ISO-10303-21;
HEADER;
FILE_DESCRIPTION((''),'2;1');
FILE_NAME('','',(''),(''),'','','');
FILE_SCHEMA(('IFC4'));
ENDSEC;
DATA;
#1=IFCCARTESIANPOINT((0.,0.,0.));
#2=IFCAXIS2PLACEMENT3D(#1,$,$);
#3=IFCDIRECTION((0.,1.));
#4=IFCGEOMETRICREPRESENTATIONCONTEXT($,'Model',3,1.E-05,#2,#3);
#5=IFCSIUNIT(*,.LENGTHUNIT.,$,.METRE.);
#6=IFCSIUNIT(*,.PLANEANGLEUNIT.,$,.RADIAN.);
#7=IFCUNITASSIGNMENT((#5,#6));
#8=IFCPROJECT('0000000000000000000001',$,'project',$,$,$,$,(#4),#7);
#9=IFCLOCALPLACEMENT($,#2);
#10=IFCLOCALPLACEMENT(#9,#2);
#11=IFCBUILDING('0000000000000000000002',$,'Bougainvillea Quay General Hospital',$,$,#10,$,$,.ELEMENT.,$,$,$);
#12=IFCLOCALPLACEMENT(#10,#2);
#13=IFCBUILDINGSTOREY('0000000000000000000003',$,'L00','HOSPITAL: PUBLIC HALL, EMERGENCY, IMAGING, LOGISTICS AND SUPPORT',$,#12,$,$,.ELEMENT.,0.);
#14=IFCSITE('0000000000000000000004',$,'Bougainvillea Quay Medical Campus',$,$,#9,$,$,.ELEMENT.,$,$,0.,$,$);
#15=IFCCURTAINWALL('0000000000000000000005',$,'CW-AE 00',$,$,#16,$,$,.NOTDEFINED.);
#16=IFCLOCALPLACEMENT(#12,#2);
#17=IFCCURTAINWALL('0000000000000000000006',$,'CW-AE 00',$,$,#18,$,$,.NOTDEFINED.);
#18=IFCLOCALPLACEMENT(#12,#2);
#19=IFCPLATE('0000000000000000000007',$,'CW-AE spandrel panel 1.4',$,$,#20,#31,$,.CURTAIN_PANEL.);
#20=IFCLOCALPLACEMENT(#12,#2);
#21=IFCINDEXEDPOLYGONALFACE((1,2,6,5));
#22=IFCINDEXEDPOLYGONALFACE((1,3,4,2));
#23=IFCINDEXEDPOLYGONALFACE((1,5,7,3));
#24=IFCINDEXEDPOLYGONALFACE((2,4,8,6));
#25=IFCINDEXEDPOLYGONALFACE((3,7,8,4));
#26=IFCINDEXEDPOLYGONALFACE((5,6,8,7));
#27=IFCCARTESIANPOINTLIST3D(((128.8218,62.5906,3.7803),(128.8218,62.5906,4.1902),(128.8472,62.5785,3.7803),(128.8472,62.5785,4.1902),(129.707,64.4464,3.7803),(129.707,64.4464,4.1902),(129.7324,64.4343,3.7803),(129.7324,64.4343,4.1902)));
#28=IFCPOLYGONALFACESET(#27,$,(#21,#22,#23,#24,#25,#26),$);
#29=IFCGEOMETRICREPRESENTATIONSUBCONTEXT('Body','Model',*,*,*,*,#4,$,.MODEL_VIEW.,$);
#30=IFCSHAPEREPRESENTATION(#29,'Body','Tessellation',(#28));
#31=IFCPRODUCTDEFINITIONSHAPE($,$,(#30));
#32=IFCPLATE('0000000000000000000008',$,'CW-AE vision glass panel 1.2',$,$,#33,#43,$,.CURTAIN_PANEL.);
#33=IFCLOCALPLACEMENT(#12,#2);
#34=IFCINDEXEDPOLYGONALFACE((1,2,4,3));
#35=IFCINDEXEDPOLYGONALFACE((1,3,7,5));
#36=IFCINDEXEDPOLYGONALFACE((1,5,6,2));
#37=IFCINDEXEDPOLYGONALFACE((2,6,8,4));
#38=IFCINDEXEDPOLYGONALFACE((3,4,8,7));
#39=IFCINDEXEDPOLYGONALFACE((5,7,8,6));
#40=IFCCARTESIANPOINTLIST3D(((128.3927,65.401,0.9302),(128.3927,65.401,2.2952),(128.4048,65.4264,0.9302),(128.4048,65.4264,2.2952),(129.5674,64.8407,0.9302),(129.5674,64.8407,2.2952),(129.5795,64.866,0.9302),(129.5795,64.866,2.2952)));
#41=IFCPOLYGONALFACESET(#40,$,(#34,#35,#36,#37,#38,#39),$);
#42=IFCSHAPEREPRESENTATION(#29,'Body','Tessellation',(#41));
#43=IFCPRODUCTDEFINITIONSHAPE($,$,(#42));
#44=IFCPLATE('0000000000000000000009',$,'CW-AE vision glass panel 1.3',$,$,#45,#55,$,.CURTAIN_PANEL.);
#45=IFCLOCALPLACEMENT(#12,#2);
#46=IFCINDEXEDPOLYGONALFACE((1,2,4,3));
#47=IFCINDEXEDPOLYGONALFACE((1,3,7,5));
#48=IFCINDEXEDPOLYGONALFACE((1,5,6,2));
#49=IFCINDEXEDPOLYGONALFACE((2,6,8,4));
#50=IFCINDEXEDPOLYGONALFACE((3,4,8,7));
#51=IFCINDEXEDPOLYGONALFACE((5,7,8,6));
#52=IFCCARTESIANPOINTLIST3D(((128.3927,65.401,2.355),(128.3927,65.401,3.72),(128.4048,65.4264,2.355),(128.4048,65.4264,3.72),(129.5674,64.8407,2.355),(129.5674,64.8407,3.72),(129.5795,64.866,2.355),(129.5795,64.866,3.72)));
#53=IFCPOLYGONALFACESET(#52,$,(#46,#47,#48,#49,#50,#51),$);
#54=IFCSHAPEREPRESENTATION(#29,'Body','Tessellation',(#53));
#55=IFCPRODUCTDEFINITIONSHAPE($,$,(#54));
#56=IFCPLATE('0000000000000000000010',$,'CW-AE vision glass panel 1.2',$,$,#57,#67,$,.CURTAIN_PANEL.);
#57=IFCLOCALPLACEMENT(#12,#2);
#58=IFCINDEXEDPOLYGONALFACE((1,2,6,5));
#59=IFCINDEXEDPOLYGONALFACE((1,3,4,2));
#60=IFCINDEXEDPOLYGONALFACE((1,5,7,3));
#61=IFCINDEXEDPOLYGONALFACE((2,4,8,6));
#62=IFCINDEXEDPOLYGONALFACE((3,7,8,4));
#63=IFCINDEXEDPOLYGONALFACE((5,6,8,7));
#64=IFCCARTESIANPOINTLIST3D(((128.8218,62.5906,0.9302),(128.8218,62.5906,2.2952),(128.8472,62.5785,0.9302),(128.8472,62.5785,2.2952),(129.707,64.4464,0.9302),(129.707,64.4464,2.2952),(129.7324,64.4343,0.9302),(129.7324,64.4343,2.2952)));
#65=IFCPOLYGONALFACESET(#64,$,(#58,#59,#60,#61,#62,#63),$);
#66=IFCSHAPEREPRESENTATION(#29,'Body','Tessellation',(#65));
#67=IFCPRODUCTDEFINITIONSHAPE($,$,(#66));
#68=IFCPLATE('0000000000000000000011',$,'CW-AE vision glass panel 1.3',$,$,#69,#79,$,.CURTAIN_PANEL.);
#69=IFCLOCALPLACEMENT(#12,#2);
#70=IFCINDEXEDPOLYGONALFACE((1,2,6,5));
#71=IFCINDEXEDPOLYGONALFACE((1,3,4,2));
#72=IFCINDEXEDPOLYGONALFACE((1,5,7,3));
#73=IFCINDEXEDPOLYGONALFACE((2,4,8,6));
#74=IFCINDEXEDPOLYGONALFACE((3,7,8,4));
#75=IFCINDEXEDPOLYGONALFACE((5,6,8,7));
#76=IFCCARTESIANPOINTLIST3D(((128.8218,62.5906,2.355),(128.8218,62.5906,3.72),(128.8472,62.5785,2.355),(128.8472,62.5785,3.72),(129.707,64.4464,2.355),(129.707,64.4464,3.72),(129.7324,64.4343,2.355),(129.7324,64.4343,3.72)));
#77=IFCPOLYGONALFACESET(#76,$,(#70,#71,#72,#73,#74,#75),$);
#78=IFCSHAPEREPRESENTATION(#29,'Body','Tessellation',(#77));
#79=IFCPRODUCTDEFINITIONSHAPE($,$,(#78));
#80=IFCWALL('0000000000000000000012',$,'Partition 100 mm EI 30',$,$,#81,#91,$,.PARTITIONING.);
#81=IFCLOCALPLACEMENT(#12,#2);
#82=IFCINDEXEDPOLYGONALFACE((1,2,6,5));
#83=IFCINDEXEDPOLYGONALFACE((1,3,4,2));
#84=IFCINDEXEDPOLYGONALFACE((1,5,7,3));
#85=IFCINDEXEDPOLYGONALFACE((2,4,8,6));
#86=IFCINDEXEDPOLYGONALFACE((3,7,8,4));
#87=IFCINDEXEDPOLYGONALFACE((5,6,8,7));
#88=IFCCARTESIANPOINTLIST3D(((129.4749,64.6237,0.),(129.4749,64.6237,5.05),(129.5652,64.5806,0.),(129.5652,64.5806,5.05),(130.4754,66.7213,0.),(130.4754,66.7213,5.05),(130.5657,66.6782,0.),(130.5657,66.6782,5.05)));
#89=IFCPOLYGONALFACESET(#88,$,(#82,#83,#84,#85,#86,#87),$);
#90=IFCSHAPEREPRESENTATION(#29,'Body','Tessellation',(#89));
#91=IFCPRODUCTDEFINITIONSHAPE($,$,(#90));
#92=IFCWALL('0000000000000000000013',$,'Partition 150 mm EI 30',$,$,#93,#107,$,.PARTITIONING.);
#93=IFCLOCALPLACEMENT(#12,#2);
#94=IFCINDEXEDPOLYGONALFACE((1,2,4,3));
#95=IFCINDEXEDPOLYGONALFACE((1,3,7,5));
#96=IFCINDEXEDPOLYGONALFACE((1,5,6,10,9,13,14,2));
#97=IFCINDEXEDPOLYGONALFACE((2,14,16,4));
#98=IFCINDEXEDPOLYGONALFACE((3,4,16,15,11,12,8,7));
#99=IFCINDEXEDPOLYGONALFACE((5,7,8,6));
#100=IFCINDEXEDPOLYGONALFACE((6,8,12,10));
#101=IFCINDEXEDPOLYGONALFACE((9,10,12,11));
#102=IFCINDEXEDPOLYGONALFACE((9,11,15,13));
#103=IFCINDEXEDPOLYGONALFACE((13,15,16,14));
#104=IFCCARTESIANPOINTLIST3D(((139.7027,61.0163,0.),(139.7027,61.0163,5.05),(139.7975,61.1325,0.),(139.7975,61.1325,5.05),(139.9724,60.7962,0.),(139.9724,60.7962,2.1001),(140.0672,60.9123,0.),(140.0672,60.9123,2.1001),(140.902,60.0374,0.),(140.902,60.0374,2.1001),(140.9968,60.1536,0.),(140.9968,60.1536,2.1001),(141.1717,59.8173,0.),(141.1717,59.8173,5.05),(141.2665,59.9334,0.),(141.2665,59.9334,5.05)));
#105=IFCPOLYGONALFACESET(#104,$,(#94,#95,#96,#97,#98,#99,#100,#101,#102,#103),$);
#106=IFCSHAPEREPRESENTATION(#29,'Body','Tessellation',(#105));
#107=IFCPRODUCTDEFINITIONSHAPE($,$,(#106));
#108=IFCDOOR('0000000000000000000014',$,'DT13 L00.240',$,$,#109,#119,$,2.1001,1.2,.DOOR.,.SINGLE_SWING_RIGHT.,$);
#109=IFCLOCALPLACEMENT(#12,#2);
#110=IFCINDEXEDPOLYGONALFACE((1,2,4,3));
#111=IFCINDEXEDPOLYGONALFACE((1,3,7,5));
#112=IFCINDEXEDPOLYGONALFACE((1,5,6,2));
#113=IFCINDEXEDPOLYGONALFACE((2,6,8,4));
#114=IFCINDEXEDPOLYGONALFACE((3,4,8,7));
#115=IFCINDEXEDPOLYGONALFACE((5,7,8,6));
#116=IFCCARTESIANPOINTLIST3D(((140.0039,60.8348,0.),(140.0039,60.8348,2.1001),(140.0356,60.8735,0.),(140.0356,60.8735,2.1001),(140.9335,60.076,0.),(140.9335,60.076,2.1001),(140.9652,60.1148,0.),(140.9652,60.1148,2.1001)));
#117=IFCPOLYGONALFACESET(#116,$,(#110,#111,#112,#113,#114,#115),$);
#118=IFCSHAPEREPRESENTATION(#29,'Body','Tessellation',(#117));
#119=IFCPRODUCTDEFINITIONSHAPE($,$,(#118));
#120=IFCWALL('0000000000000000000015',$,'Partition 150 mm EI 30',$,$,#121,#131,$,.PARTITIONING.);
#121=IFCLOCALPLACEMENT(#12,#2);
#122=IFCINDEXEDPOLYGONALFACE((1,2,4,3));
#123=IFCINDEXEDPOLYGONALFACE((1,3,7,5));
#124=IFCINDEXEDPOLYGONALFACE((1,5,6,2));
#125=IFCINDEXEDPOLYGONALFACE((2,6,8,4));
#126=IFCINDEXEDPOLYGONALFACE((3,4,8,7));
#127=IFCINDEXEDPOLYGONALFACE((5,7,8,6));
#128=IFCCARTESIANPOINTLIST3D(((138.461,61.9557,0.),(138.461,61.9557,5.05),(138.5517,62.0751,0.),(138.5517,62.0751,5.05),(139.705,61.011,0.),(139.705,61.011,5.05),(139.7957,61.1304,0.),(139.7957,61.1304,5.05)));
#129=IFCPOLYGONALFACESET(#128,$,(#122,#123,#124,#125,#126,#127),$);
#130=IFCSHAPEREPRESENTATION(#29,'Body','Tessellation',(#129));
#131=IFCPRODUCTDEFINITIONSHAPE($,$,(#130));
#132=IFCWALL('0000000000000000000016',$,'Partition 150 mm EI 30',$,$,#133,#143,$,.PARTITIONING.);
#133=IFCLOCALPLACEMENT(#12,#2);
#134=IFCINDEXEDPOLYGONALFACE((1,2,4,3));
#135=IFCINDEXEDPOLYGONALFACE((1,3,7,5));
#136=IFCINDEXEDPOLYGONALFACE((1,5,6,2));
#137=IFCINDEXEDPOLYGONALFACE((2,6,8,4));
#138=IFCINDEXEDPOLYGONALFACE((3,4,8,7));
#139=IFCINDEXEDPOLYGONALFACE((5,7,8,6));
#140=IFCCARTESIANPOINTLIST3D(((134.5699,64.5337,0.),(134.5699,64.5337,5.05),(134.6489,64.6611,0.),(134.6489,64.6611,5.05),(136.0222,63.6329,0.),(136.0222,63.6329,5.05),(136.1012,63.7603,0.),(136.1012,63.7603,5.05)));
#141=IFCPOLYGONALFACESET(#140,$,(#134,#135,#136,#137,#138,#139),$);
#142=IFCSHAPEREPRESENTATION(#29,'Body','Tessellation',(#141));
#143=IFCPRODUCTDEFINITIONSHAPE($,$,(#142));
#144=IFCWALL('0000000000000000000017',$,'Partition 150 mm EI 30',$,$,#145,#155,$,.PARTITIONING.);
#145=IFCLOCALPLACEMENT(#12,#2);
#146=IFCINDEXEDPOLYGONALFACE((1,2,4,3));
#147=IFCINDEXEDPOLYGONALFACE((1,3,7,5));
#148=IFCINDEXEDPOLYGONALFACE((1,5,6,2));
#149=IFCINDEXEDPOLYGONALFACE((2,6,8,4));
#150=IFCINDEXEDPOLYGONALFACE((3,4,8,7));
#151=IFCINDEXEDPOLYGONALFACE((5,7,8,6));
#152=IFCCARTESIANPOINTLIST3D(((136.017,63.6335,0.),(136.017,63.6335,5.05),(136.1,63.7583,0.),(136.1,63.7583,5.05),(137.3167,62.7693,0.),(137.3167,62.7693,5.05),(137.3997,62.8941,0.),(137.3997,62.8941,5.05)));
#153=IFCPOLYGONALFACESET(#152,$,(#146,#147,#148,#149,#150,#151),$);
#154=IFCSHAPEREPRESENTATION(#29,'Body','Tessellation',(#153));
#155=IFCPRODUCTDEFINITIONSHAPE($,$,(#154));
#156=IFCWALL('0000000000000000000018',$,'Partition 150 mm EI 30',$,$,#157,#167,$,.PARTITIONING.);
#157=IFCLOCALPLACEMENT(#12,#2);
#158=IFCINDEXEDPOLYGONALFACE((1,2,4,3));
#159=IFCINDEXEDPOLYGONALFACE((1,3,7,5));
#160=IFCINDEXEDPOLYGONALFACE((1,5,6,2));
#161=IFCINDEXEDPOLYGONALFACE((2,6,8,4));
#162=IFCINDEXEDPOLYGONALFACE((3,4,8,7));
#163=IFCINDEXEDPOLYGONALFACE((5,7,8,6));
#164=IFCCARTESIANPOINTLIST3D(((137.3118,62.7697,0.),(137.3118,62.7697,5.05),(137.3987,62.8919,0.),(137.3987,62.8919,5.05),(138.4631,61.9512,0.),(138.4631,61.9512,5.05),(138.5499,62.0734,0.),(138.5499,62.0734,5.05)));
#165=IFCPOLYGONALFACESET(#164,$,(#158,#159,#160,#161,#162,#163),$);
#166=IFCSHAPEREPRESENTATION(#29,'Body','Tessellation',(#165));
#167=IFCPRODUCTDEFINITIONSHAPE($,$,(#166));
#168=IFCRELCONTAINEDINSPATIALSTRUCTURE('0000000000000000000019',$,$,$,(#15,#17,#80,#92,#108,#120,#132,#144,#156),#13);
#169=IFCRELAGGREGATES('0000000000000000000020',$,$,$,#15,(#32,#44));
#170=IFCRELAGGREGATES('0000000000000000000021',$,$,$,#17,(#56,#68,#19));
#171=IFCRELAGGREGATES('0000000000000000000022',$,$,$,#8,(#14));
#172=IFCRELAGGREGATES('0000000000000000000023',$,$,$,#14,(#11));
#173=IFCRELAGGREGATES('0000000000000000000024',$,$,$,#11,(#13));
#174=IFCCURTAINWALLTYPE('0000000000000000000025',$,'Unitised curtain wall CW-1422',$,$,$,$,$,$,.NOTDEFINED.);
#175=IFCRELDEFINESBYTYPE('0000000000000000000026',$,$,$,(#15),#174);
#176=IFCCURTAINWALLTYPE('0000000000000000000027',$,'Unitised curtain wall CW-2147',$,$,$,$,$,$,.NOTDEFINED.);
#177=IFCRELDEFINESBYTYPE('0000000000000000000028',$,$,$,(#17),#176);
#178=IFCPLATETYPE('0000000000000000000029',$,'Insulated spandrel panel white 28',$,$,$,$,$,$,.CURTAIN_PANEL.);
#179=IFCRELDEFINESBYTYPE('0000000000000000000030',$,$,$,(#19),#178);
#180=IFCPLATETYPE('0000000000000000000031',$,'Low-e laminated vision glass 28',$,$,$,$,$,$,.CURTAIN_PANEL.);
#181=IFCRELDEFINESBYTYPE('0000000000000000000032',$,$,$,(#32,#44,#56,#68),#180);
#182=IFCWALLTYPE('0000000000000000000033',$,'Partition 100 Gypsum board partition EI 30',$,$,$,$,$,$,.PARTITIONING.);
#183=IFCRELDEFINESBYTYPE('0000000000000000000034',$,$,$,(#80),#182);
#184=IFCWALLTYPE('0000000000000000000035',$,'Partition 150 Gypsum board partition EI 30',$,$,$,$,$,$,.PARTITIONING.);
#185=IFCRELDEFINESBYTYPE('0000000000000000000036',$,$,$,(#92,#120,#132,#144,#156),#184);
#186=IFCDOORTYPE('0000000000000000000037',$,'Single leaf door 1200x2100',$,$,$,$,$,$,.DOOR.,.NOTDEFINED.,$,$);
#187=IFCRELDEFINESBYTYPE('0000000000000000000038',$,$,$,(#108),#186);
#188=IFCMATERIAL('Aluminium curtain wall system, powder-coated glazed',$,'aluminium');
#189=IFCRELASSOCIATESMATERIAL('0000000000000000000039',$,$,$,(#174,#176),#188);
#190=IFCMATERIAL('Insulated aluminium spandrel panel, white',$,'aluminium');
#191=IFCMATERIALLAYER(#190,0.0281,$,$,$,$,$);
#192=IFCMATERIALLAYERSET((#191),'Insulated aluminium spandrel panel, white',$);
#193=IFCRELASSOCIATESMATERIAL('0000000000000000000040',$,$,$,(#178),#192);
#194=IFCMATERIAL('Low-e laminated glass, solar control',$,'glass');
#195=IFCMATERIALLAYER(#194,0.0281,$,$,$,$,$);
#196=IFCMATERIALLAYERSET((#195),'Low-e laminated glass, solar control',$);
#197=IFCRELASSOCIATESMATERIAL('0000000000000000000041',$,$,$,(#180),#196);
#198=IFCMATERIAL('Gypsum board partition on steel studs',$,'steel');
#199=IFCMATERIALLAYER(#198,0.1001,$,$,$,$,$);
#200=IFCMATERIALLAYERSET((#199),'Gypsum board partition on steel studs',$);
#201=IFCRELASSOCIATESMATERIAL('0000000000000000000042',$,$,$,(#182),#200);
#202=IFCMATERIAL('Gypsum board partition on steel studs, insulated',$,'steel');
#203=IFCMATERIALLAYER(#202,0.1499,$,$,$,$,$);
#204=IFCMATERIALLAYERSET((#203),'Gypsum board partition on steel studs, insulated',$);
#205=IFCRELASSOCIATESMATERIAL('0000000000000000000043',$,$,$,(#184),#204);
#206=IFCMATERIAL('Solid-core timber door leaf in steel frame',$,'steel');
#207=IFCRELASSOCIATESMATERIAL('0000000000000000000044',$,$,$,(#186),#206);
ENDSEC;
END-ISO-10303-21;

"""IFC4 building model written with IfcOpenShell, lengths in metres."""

from ifc_helpers import new_model, si_unit, direction, frame, frame_2d, origin, origin_2d, place, context, subcontext, project, spatial, rectangle, extrude, material, layer, layer_set, type_object, element, fill, aggregate, save


model = new_model("IFC4")

# Units and contexts
model_context = context("Model", 3, precision=1e-05, world=origin(), true_north=direction((0.0, 1.0)))
body_context = subcontext(model_context, "Body", "Model", "MODEL_VIEW")
ifc_project = project(units=[si_unit("LENGTHUNIT", "METRE"), si_unit("PLANEANGLEUNIT", "RADIAN")], contexts=[model_context])

# Site, building, storey
site_placement = place(None, origin())
site = spatial("IfcSite", under=ifc_project, at=site_placement, Name="Bougainvillea Quay Medical Campus", CompositionType="ELEMENT", RefElevation=0.0)
building_placement = place(site_placement, origin())
building = spatial("IfcBuilding", under=site, at=building_placement, Name="Bougainvillea Quay General Hospital", CompositionType="ELEMENT")
storey_placement = place(building_placement, origin())
storey = spatial("IfcBuildingStorey", under=building, at=storey_placement, Name="L00", Description="HOSPITAL: PUBLIC HALL, EMERGENCY, IMAGING, LOGISTICS AND SUPPORT", CompositionType="ELEMENT", Elevation=0.0)

# Curtain wall
ifc_material_1 = material(Name="Aluminium curtain wall system, powder-coated glazed", Category="aluminium")
curtain_wall_type_1 = type_object("IfcCurtainWallType", Name="Unitised curtain wall CW-1422", PredefinedType="NOTDEFINED", material=ifc_material_1)
curtain_wall_1_placement = place(storey_placement, origin())
curtain_wall_1 = element("IfcCurtainWall", 1, at=curtain_wall_1_placement, inside=storey, type_object=curtain_wall_type_1, Name="CW-AE 00", PredefinedType="NOTDEFINED")

# Curtain wall
curtain_wall_type_2 = type_object("IfcCurtainWallType", Name="Unitised curtain wall CW-2147", PredefinedType="NOTDEFINED", material=ifc_material_1)
curtain_wall_2_placement = place(storey_placement, origin())
curtain_wall_2 = element("IfcCurtainWall", 2, at=curtain_wall_2_placement, inside=storey, type_object=curtain_wall_type_2, Name="CW-AE 00", PredefinedType="NOTDEFINED")

# Plates
ifc_material_2 = material(Name="Insulated aluminium spandrel panel, white", Category="aluminium")
ifc_layer_1 = layer(ifc_material_2, 0.0281)
ifc_layer_set_1 = layer_set([ifc_layer_1], Name="Insulated aluminium spandrel panel, white")
plate_type_1 = type_object("IfcPlateType", Name="Insulated spandrel panel white 28", PredefinedType="CURTAIN_PANEL", material=ifc_layer_set_1)
plate_1_placement = place(storey_placement, frame((129.2771, 63.5125, 3.7803), z_axis=(0.0, 0.0, 1.0), x_axis=(-0.43053, -0.902576, 0.0)))
plate_1 = element("IfcPlate", 3, at=plate_1_placement, type_object=plate_type_1, Name="CW-AE spandrel panel 1.4", PredefinedType="CURTAIN_PANEL", context=body_context, shape_type="SweptSolid", body=[
    extrude(rectangle(XDim=2.0562, YDim=0.0281, at=origin_2d()), origin(), (0.0, 0.0, 1.0), 0.4099),
])
ifc_material_3 = material(Name="Low-e laminated glass, solar control", Category="glass")
ifc_layer_2 = layer(ifc_material_3, 0.0281)
ifc_layer_set_2 = layer_set([ifc_layer_2], Name="Low-e laminated glass, solar control")
plate_type_2 = type_object("IfcPlateType", Name="Low-e laminated vision glass 28", PredefinedType="CURTAIN_PANEL", material=ifc_layer_set_2)
plate_2_placement = place(storey_placement, frame((128.9861, 65.1335, 0.9302), z_axis=(0.0, 0.0, 1.0), x_axis=(0.902574, -0.430534, 0.0)))
plate_2 = element("IfcPlate", 4, at=plate_2_placement, type_object=plate_type_2, Name="CW-AE vision glass panel 1.2", PredefinedType="CURTAIN_PANEL", context=body_context, shape_type="SweptSolid", body=[
    extrude(rectangle(XDim=1.3015, YDim=0.0281, at=origin_2d()), origin(), (0.0, 0.0, 1.0), 1.365),
])
plate_3_placement = place(storey_placement, frame((128.9861, 65.1335, 2.355), z_axis=(0.0, 0.0, 1.0), x_axis=(0.902574, -0.430534, 0.0)))
plate_3 = element("IfcPlate", 5, at=plate_3_placement, type_object=plate_type_2, Name="CW-AE vision glass panel 1.3", PredefinedType="CURTAIN_PANEL", context=body_context, shape_type="SweptSolid", body=[
    extrude(rectangle(XDim=1.3015, YDim=0.0281, at=origin_2d()), origin(), (0.0, 0.0, 1.0), 1.365),
])
aggregate(curtain_wall_1, [plate_2, plate_3])
plate_4_placement = place(storey_placement, frame((129.2771, 63.5125, 0.9302), z_axis=(0.0, 0.0, 1.0), x_axis=(-0.43053, -0.902576, 0.0)))
plate_4 = element("IfcPlate", 6, at=plate_4_placement, type_object=plate_type_2, Name="CW-AE vision glass panel 1.2", PredefinedType="CURTAIN_PANEL", context=body_context, shape_type="SweptSolid", body=[
    extrude(rectangle(XDim=2.0562, YDim=0.0281, at=origin_2d()), origin(), (0.0, 0.0, 1.0), 1.365),
])
plate_5_placement = place(storey_placement, frame((129.2771, 63.5125, 2.355), z_axis=(0.0, 0.0, 1.0), x_axis=(-0.43053, -0.902576, 0.0)))
plate_5 = element("IfcPlate", 7, at=plate_5_placement, type_object=plate_type_2, Name="CW-AE vision glass panel 1.3", PredefinedType="CURTAIN_PANEL", context=body_context, shape_type="SweptSolid", body=[
    extrude(rectangle(XDim=2.0562, YDim=0.0281, at=origin_2d()), origin(), (0.0, 0.0, 1.0), 1.365),
])
aggregate(curtain_wall_2, [plate_4, plate_5, plate_1])

# Wall
ifc_material_4 = material(Name="Gypsum board partition on steel studs", Category="steel")
ifc_layer_3 = layer(ifc_material_4, 0.1001)
ifc_layer_set_3 = layer_set([ifc_layer_3], Name="Gypsum board partition on steel studs")
wall_type_1 = type_object("IfcWallType", Name="Partition 100 Gypsum board partition EI 30", PredefinedType="PARTITIONING", material=ifc_layer_set_3)
wall_1_placement = place(storey_placement, frame((129.52, 64.6021, 0.0), z_axis=(0.0, 0.0, 1.0), x_axis=(0.430496, 0.902592, 0.0)))
element("IfcWall", 8, at=wall_1_placement, inside=storey, type_object=wall_type_1, Name="Partition 100 mm EI 30", PredefinedType="PARTITIONING", context=body_context, shape_type="SweptSolid", body=[
    extrude(rectangle(XDim=2.324, YDim=0.1001, at=frame_2d((1.1621, 0.0))), origin(), (0.0, 0.0, 1.0), 5.05),
])

# Wall, opening, door
ifc_material_5 = material(Name="Gypsum board partition on steel studs, insulated", Category="steel")
ifc_layer_4 = layer(ifc_material_5, 0.1499)
ifc_layer_set_4 = layer_set([ifc_layer_4], Name="Gypsum board partition on steel studs, insulated")
wall_type_2 = type_object("IfcWallType", Name="Partition 150 Gypsum board partition EI 30", PredefinedType="PARTITIONING", material=ifc_layer_set_4)
wall_2_placement = place(storey_placement, frame((139.75, 61.0745, 0.0), z_axis=(0.0, 0.0, 1.0), x_axis=(0.774714, -0.632312, 0.0)))
wall_2 = element("IfcWall", 9, at=wall_2_placement, inside=storey, type_object=wall_type_2, Name="Partition 150 mm EI 30", PredefinedType="PARTITIONING", context=body_context, shape_type="SweptSolid", body=[
    extrude(rectangle(XDim=1.8962, YDim=0.1499, at=frame_2d((0.9482, 0.0))), origin(), (0.0, 0.0, 1.0), 5.05),
])
opening_placement = place(wall_2_placement, frame((0.3481, 0.0, 0.0)))
opening = element("IfcOpeningElement", 10, at=opening_placement, cuts=wall_2, PredefinedType="OPENING", context=body_context, shape_type="SweptSolid", body=[
    extrude(rectangle(XDim=1.2, YDim=2.1001, at=frame_2d((0.6001, 1.05))), frame((0.0, 0.085, 0.0), z_axis=(0.0, -1.0, 0.0), x_axis=(1.0, 0.0, 0.0)), (0.0, 0.0, 1.0), 0.1699),
])
ifc_material_6 = material(Name="Solid-core timber door leaf in steel frame", Category="steel")
door_type = type_object("IfcDoorType", Name="Single leaf door 1200x2100", OperationType="NOTDEFINED", PredefinedType="DOOR", material=ifc_material_6)
door_placement = place(opening_placement, origin())
door = element("IfcDoor", 11, at=door_placement, inside=storey, type_object=door_type, Name="DT13 L00.240", OperationType="SINGLE_SWING_RIGHT", OverallHeight=2.1001, OverallWidth=1.2, PredefinedType="DOOR", context=body_context, shape_type="SweptSolid", body=[
    extrude(rectangle(XDim=1.2, YDim=2.1001, at=frame_2d((0.6001, 1.05))), frame((0.0, 0.0249, 0.0), z_axis=(0.0, -1.0, 0.0), x_axis=(1.0, 0.0, 0.0)), (0.0, 0.0, 1.0), 0.05),
])
fill(opening, door)

# Walls
wall_3_placement = place(storey_placement, frame((138.5063, 62.0154, 0.0), z_axis=(0.0, 0.0, 1.0), x_axis=(0.796403, -0.604766, 0.0)))
element("IfcWall", 12, at=wall_3_placement, inside=storey, type_object=wall_type_2, Name="Partition 150 mm EI 30", PredefinedType="PARTITIONING", context=body_context, shape_type="SweptSolid", body=[
    extrude(rectangle(XDim=1.562, YDim=0.1499, at=frame_2d((0.781, 0.0))), origin(), (0.0, 0.0, 1.0), 5.05),
])
wall_4_placement = place(storey_placement, frame((134.6094, 64.5974, 0.0), z_axis=(0.0, 0.0, 1.0), x_axis=(0.849799, -0.527107, 0.0)))
element("IfcWall", 13, at=wall_4_placement, inside=storey, type_object=wall_type_2, Name="Partition 150 mm EI 30", PredefinedType="PARTITIONING", context=body_context, shape_type="SweptSolid", body=[
    extrude(rectangle(XDim=1.709, YDim=0.1499, at=frame_2d((0.8545, 0.0))), origin(), (0.0, 0.0, 1.0), 5.05),
])
wall_5_placement = place(storey_placement, frame((136.0586, 63.6958, 0.0), z_axis=(0.0, 0.0, 1.0), x_axis=(0.832723, -0.553689, 0.0)))
element("IfcWall", 14, at=wall_5_placement, inside=storey, type_object=wall_type_2, Name="Partition 150 mm EI 30", PredefinedType="PARTITIONING", context=body_context, shape_type="SweptSolid", body=[
    extrude(rectangle(XDim=1.5608, YDim=0.1499, at=frame_2d((0.7803, 0.0))), origin(), (0.0, 0.0, 1.0), 5.05),
])
wall_6_placement = place(storey_placement, frame((137.3552, 62.8308, 0.0), z_axis=(0.0, 0.0, 1.0), x_axis=(0.815004, -0.579455, 0.0)))
element("IfcWall", 15, at=wall_6_placement, inside=storey, type_object=wall_type_2, Name="Partition 150 mm EI 30", PredefinedType="PARTITIONING", context=body_context, shape_type="SweptSolid", body=[
    extrude(rectangle(XDim=1.4126, YDim=0.1499, at=frame_2d((0.7063, 0.0))), origin(), (0.0, 0.0, 1.0), 5.05),
])

save(model, "model.ifc")
